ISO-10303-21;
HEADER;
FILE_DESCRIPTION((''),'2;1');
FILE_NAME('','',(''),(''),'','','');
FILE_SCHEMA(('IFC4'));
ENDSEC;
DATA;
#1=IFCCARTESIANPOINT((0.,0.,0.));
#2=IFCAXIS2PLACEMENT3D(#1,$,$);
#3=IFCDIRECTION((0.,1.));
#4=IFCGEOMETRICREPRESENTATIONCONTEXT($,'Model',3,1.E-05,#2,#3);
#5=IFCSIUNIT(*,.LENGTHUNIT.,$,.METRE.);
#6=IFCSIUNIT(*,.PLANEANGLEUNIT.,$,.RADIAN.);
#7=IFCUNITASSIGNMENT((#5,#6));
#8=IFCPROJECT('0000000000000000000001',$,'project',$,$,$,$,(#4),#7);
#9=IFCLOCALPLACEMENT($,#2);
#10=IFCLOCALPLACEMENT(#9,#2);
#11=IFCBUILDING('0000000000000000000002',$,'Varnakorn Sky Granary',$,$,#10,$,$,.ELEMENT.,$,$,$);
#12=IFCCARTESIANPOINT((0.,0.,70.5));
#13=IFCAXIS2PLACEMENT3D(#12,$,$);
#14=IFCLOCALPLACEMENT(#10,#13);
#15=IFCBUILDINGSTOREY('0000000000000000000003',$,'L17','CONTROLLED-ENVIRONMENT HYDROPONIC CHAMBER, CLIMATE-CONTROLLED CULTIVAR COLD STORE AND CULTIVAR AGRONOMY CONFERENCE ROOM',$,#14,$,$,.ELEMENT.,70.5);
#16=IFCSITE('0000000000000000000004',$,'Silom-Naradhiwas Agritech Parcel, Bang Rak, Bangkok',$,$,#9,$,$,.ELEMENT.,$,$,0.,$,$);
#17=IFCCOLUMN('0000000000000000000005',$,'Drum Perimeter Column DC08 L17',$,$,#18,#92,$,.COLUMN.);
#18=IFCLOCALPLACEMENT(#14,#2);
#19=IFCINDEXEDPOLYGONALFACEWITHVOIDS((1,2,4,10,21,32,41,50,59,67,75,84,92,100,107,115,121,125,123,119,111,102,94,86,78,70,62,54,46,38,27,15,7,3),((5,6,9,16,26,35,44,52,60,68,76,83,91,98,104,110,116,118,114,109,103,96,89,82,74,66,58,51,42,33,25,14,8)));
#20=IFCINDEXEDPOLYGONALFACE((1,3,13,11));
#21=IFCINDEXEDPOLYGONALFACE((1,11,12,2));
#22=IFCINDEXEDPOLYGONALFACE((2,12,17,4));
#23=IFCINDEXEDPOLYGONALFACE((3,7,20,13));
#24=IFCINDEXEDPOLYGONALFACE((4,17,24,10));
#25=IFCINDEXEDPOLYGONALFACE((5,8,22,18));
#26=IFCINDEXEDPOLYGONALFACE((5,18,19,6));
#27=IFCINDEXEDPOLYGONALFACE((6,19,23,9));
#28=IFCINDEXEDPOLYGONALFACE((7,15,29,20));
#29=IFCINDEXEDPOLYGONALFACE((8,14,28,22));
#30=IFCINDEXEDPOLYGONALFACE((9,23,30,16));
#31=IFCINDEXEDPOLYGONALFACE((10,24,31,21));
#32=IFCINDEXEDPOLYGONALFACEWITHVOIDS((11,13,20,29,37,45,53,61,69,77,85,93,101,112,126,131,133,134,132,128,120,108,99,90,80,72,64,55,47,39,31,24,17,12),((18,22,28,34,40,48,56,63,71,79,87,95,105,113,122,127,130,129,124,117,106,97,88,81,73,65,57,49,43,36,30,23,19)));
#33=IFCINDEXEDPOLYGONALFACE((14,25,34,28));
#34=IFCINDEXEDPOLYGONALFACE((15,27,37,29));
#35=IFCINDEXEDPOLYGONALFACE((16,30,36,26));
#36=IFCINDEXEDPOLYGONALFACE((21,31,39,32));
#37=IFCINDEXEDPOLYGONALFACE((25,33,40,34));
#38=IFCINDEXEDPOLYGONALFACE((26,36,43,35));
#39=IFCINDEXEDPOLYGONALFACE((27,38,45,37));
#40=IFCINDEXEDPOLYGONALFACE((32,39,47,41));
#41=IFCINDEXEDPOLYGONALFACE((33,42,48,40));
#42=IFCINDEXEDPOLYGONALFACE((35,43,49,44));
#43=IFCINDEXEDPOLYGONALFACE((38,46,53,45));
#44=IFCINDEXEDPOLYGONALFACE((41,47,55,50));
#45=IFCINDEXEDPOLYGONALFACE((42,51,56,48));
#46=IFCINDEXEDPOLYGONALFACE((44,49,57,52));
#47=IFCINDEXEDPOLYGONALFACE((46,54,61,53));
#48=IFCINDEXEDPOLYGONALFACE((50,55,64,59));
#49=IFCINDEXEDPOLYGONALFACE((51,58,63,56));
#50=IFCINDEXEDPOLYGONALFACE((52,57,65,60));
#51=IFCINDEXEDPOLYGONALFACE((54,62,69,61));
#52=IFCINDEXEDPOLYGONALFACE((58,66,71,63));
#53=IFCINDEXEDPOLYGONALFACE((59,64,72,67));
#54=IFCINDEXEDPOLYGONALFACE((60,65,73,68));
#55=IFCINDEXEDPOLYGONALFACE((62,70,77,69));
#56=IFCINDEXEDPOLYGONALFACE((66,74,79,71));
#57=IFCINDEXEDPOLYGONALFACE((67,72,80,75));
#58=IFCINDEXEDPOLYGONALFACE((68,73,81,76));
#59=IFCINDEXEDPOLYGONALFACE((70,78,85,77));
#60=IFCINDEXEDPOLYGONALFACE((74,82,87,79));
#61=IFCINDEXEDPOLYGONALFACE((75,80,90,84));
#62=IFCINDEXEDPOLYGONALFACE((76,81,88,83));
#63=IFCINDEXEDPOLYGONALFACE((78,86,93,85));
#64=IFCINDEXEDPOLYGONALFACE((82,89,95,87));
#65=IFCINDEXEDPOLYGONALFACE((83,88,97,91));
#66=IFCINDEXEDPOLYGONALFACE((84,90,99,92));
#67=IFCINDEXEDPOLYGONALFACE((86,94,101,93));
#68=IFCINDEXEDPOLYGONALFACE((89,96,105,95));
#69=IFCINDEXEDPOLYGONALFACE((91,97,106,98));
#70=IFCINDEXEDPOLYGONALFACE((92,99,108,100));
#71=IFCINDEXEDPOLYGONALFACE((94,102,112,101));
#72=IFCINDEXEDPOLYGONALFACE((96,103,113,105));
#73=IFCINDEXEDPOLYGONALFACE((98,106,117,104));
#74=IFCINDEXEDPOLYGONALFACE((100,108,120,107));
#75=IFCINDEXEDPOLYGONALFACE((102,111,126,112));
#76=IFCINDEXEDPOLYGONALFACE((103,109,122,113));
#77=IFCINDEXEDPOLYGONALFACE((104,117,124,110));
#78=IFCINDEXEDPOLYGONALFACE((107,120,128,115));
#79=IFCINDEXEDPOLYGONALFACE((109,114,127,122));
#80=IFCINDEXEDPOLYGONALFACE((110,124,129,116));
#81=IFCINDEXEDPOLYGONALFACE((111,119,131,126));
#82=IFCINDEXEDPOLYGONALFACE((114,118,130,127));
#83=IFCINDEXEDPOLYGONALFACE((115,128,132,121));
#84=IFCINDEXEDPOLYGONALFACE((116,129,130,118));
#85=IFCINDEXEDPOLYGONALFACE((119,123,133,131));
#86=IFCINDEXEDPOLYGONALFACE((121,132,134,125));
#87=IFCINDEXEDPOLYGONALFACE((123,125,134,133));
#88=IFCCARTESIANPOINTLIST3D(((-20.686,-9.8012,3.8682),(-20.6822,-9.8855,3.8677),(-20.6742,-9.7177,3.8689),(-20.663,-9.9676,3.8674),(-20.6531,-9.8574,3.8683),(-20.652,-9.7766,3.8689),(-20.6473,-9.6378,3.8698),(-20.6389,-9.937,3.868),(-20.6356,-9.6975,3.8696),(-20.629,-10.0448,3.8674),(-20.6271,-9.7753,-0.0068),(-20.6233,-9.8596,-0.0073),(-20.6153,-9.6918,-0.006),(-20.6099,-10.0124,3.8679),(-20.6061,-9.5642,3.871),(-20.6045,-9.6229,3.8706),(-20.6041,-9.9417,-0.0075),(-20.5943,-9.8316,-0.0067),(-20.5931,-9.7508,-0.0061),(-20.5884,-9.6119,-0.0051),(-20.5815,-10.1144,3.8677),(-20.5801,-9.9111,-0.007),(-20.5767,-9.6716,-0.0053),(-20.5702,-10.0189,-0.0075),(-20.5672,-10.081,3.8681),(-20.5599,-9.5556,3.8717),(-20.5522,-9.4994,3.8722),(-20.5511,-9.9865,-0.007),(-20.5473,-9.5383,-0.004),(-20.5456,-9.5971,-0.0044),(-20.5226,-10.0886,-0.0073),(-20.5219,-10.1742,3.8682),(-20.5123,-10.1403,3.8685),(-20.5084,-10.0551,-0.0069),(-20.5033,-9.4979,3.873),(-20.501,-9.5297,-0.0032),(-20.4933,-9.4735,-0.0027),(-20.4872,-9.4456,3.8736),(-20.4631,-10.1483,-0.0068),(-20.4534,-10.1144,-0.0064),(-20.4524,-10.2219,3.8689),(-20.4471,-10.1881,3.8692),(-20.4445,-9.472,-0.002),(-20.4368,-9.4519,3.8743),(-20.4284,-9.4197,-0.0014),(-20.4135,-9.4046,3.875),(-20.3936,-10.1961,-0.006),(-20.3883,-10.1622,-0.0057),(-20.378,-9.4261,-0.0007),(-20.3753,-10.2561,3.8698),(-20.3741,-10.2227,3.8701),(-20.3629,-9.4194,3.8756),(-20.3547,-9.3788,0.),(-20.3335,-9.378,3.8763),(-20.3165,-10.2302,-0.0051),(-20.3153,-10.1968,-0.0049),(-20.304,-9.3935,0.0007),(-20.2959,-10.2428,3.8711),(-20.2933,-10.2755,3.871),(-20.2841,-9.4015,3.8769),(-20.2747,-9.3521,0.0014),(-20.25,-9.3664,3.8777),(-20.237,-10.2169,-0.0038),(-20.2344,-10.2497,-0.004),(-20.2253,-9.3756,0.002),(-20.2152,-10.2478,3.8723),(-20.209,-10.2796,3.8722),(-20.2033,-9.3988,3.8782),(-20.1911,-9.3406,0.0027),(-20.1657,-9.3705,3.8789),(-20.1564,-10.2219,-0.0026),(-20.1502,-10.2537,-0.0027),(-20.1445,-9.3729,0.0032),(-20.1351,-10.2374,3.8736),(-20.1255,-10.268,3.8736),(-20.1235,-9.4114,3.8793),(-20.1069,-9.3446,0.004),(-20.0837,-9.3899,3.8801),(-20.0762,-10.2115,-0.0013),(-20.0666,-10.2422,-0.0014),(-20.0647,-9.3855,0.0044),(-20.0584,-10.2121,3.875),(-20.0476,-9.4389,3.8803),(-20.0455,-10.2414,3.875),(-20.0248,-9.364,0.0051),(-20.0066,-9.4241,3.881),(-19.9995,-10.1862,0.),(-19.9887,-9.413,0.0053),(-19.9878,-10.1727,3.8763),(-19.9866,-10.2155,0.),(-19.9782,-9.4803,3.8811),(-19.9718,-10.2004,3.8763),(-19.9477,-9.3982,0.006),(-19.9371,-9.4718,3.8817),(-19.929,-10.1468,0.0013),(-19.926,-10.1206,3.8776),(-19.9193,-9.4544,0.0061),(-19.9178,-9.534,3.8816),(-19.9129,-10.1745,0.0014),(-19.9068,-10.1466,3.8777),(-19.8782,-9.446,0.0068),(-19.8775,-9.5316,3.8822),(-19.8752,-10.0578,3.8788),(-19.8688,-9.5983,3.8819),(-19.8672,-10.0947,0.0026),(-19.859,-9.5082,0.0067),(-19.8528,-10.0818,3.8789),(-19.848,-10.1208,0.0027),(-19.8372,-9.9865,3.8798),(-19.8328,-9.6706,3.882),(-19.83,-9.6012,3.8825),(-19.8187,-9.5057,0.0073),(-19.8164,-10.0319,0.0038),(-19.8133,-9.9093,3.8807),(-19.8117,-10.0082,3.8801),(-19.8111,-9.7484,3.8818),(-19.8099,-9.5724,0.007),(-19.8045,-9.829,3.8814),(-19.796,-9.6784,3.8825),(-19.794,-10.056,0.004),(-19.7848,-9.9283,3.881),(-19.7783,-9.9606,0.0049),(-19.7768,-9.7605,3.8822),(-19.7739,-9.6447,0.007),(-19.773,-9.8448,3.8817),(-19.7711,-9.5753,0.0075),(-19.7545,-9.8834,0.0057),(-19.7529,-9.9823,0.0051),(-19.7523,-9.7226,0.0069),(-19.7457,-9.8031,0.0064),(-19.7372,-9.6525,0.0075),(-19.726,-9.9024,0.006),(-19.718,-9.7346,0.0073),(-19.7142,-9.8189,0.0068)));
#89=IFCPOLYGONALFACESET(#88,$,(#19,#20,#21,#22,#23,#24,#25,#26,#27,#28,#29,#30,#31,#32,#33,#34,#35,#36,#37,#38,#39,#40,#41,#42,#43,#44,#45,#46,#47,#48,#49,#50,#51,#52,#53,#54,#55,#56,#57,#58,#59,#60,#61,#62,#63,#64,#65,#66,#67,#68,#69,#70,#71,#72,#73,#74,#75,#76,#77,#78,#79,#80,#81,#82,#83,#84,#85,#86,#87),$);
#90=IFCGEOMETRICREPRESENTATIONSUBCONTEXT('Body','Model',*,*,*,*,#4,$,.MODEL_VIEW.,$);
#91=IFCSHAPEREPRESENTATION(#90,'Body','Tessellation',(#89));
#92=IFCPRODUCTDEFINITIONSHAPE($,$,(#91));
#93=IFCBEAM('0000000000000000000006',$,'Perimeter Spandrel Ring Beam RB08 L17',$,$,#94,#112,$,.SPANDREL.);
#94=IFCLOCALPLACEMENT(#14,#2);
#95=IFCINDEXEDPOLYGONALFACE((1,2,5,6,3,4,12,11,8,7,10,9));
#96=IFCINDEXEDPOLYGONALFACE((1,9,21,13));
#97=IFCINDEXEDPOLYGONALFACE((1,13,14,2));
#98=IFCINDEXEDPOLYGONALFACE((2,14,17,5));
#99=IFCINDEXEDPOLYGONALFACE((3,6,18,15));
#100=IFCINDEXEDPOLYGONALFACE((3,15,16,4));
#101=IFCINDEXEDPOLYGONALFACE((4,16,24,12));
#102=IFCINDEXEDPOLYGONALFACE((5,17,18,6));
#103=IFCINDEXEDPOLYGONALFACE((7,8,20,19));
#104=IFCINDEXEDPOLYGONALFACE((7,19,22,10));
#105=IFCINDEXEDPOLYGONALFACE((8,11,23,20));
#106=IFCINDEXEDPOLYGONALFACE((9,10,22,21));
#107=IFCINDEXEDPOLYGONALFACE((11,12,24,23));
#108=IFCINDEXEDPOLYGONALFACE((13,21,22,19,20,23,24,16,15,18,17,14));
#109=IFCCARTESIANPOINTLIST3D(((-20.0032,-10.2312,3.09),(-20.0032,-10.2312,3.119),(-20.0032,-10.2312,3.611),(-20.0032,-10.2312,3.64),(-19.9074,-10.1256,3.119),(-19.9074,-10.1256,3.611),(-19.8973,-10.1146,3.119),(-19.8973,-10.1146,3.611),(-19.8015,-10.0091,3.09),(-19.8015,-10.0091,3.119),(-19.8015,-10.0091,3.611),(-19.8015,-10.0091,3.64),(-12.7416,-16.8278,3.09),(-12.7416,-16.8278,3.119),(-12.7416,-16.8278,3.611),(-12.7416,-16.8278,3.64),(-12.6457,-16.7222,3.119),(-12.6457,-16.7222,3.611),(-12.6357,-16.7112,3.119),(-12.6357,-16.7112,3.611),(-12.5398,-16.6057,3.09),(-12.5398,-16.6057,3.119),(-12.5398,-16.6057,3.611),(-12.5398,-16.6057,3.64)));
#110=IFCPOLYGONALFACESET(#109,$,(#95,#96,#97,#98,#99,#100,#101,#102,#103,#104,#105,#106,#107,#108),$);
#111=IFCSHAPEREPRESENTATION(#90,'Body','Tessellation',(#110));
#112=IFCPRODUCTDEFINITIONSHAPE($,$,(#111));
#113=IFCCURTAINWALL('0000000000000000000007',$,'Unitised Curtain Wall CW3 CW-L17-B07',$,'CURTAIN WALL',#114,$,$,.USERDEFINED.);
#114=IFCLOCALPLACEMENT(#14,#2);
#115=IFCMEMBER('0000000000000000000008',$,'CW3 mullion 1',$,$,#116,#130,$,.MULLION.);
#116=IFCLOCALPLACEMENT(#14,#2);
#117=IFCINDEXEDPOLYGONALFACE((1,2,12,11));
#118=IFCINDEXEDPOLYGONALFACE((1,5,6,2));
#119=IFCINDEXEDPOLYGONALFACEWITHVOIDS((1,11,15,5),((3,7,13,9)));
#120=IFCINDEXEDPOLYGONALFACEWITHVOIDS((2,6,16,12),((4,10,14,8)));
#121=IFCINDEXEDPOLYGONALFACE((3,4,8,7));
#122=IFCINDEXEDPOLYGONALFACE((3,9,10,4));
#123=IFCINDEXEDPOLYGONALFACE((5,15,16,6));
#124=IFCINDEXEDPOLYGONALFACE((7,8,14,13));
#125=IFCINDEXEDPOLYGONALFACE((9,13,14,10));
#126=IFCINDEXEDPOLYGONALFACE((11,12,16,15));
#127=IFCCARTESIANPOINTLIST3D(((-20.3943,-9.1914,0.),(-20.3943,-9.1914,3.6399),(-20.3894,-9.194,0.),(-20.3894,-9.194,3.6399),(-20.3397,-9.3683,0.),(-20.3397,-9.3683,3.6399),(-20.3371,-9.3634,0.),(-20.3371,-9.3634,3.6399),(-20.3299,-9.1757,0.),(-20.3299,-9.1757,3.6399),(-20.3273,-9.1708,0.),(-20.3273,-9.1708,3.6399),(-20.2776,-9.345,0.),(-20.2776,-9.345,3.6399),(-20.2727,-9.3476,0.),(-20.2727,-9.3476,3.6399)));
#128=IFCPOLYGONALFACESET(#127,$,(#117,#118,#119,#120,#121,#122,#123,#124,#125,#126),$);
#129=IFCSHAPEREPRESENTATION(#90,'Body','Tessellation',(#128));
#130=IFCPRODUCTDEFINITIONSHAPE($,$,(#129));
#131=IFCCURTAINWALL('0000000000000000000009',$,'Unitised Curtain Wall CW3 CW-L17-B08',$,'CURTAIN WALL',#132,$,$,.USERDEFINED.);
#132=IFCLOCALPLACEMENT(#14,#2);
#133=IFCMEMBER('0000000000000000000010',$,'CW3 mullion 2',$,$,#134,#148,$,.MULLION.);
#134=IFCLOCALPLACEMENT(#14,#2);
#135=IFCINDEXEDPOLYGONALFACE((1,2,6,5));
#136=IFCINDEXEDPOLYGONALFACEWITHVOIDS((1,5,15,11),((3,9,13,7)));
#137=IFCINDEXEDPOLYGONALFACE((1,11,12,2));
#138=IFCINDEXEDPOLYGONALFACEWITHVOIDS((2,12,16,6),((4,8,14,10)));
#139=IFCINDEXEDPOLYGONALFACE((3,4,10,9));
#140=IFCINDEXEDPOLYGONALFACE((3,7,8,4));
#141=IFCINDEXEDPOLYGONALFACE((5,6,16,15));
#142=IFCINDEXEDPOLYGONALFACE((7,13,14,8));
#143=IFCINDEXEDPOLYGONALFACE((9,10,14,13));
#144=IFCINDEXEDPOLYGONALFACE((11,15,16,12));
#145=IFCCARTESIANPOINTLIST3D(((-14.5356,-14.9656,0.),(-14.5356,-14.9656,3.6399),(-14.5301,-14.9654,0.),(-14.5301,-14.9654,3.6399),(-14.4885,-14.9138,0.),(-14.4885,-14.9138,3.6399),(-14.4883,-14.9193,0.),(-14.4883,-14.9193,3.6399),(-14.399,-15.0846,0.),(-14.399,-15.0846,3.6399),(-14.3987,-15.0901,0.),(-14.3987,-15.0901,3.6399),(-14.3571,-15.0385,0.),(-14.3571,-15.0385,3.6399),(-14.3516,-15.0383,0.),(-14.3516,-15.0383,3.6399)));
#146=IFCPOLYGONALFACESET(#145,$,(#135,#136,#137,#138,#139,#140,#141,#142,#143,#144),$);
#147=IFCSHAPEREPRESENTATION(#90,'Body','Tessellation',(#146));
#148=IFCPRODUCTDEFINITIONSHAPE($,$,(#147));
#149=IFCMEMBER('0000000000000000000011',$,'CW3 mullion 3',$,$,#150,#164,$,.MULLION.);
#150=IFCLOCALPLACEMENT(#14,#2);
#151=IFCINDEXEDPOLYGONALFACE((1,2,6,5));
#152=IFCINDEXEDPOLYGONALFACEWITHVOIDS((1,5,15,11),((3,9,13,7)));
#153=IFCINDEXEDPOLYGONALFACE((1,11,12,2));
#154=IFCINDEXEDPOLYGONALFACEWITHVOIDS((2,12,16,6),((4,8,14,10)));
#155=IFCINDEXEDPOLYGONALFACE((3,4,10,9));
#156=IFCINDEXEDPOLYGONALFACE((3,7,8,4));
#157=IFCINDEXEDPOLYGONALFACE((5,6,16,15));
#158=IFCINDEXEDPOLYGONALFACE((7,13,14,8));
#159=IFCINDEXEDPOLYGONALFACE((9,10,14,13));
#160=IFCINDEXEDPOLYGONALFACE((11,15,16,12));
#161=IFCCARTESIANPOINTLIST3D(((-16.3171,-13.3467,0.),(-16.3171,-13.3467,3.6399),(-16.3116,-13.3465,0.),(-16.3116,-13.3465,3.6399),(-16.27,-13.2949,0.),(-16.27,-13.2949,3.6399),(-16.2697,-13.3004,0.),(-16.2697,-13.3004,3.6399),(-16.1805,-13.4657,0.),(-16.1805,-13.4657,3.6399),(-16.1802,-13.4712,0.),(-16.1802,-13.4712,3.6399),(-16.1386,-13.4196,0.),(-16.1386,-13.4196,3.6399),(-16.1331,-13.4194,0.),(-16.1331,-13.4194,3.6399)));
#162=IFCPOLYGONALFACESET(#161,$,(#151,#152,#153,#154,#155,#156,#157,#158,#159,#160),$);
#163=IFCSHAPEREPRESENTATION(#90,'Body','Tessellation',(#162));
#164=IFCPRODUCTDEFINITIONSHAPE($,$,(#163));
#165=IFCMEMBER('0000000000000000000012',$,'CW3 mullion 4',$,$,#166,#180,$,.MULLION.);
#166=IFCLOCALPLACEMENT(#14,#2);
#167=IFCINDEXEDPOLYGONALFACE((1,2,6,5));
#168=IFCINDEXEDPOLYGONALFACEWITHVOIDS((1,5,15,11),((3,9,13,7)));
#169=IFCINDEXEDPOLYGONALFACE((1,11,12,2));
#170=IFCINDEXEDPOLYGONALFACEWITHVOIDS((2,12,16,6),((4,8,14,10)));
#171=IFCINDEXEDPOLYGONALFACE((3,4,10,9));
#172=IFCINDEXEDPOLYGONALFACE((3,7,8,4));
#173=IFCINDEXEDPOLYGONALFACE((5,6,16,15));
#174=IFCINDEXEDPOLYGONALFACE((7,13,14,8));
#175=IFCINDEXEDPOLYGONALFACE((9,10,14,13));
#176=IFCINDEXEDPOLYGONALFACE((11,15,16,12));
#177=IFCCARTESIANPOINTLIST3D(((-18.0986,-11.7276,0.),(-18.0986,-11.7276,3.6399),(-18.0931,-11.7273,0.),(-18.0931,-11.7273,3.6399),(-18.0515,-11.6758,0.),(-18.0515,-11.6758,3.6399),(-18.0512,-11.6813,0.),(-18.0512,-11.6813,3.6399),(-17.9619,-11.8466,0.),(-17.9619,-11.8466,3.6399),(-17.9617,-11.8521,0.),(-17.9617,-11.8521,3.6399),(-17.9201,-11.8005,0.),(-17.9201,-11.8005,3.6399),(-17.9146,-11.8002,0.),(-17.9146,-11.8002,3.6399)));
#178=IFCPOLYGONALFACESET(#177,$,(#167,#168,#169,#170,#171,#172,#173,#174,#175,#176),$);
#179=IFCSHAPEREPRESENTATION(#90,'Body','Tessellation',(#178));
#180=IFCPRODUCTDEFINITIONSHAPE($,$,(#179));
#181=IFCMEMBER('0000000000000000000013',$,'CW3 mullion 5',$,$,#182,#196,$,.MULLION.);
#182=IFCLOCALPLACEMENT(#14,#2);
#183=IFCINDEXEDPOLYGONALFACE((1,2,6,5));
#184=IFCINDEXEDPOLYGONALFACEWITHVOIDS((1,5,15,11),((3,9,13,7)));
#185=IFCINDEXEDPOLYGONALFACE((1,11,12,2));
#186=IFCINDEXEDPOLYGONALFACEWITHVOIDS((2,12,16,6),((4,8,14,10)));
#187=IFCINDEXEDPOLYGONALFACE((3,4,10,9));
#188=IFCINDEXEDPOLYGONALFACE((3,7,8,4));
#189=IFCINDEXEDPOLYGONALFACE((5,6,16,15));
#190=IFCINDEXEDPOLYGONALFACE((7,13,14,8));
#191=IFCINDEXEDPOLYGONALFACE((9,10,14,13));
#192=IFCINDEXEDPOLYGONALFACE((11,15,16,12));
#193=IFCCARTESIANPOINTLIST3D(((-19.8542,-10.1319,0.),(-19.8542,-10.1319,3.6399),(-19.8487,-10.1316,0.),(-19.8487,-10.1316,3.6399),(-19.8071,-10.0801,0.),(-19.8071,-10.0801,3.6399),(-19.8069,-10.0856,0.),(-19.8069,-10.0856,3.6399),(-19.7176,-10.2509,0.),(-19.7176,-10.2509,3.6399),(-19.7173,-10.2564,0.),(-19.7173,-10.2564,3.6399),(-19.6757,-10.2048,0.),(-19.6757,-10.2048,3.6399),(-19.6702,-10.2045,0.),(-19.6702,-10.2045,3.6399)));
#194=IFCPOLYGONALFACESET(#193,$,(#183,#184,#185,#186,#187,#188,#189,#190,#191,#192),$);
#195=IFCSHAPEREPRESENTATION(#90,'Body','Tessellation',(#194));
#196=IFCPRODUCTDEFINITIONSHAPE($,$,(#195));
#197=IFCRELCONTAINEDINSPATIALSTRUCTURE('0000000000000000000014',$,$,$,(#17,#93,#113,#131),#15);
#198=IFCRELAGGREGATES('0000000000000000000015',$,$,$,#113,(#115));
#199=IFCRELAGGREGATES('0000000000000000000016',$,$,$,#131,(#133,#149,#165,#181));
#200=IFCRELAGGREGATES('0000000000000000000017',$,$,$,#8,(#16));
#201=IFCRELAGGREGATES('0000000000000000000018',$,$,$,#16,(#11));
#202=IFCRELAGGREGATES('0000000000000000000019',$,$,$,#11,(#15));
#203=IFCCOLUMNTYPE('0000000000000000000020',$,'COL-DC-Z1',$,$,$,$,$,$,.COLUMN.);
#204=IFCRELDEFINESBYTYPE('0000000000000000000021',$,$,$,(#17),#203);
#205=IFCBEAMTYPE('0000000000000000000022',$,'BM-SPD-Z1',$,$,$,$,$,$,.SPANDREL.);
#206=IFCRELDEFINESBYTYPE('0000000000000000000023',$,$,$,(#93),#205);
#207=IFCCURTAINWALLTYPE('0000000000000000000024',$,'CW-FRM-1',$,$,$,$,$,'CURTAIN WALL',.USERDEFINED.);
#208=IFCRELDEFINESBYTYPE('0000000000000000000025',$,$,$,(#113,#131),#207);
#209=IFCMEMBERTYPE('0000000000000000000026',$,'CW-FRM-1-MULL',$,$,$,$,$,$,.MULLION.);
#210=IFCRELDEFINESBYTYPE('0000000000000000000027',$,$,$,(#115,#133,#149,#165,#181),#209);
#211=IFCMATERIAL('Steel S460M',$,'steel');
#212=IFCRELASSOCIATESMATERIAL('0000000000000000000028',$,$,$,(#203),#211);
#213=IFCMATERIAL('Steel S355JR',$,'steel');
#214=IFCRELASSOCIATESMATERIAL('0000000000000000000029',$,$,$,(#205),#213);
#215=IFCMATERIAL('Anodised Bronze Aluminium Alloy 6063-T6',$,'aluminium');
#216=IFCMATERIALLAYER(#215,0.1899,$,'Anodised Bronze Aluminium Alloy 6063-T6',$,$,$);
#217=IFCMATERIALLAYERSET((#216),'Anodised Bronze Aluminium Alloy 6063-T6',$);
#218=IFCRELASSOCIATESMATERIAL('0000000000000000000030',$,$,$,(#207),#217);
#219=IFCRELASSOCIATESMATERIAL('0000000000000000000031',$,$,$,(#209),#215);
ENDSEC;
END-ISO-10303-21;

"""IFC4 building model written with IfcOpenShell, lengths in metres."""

from ifc_helpers import new_model, si_unit, direction, frame, origin, origin_2d, place, context, subcontext, project, spatial, hollow_rectangle, hollow_circle, i_section, extrude, material, layer, layer_set, material_profile, profile_set, type_object, element, aggregate, save


model = new_model("IFC4")

# Units and contexts
model_context = context("Model", 3, precision=1e-05, world=origin(), true_north=direction((0.0, 1.0)))
body_context = subcontext(model_context, "Body", "Model", "MODEL_VIEW")
ifc_project = project(units=[si_unit("LENGTHUNIT", "METRE"), si_unit("PLANEANGLEUNIT", "RADIAN")], contexts=[model_context])

# Site, building, storey
site_placement = place(None, origin())
site = spatial("IfcSite", under=ifc_project, at=site_placement, Name="Silom-Naradhiwas Agritech Parcel, Bang Rak, Bangkok", CompositionType="ELEMENT", RefElevation=0.0)
building_placement = place(site_placement, origin())
building = spatial("IfcBuilding", under=site, at=building_placement, Name="Varnakorn Sky Granary", CompositionType="ELEMENT")
storey_placement = place(building_placement, frame((0.0, 0.0, 70.5)))
storey = spatial("IfcBuildingStorey", under=building, at=storey_placement, Name="L17", Description="CONTROLLED-ENVIRONMENT HYDROPONIC CHAMBER, CLIMATE-CONTROLLED CULTIVAR COLD STORE AND CULTIVAR AGRONOMY CONFERENCE ROOM", CompositionType="ELEMENT", Elevation=70.5)

# Column
ifc_material_1 = material(Name="Steel S460M", Category="steel")
ifc_material_profile_1 = material_profile(ifc_material_1, hollow_circle(Radius=0.457, WallThickness=0.032, at=origin_2d()), Name="CHS 914x32")
ifc_profile_set_1 = profile_set([ifc_material_profile_1], Name="Steel S460M")
column_type = type_object("IfcColumnType", Name="COL-DC-Z1", PredefinedType="COLUMN", material=ifc_profile_set_1)
column_placement = place(storey_placement, frame((-20.1707, -9.7971, 0.0), z_axis=(-0.015182, -0.006678, 0.999862), x_axis=(0.402611, -0.915371, 0.0)))
element("IfcColumn", 1, at=column_placement, inside=storey, type_object=column_type, Name="Drum Perimeter Column DC08 L17", PredefinedType="COLUMN", context=body_context, shape_type="SweptSolid", body=[
    extrude(hollow_circle(Radius=0.457, WallThickness=0.032, at=origin_2d()), origin(), (0.0, 0.0, 1.0), 3.8755),
])

# Beam
ifc_material_2 = material(Name="Steel S355JR", Category="steel")
ifc_material_profile_2 = material_profile(ifc_material_2, i_section(OverallWidth=0.3, OverallDepth=0.55, WebThickness=0.0149, FlangeThickness=0.0291, at=origin_2d()), Name="HE 550 B")
ifc_profile_set_2 = profile_set([ifc_material_profile_2], Name="Steel S355JR")
beam_type = type_object("IfcBeamType", Name="BM-SPD-Z1", PredefinedType="SPANDREL", material=ifc_profile_set_2)
beam_placement = place(storey_placement, frame((-19.9023, -10.1201, 3.365), z_axis=(0.740188, -0.6724, 0.0), x_axis=(0.6724, 0.740188, 0.0)))
element("IfcBeam", 2, at=beam_placement, inside=storey, type_object=beam_type, Name="Perimeter Spandrel Ring Beam RB08 L17", PredefinedType="SPANDREL", context=body_context, shape_type="SweptSolid", body=[
    extrude(i_section(OverallWidth=0.3, OverallDepth=0.55, WebThickness=0.0149, FlangeThickness=0.0291, at=origin_2d()), origin(), (0.0, 0.0, 1.0), 9.8105),
])

# Curtain wall, member
ifc_material_3 = material(Name="Anodised Bronze Aluminium Alloy 6063-T6", Category="aluminium")
ifc_layer_1 = layer(ifc_material_3, 0.1899, Name="Anodised Bronze Aluminium Alloy 6063-T6")
ifc_layer_set_1 = layer_set([ifc_layer_1], Name="Anodised Bronze Aluminium Alloy 6063-T6")
curtain_wall_type = type_object("IfcCurtainWallType", Name="CW-FRM-1", ElementType="CURTAIN WALL", PredefinedType="USERDEFINED", material=ifc_layer_set_1)
curtain_wall_1_placement = place(storey_placement, origin())
curtain_wall_1 = element("IfcCurtainWall", 3, at=curtain_wall_1_placement, inside=storey, type_object=curtain_wall_type, Name="Unitised Curtain Wall CW3 CW-L17-B07", ObjectType="CURTAIN WALL", PredefinedType="USERDEFINED")
ifc_material_profile_3 = material_profile(ifc_material_3, hollow_rectangle(XDim=0.0701, YDim=0.1851, WallThickness=0.0039, at=origin_2d()), Name="ALU MULL 70x185")
ifc_profile_set_3 = profile_set([ifc_material_profile_3], Name="Anodised Bronze Aluminium Alloy 6063-T6")
member_type_1 = type_object("IfcMemberType", Name="CW-FRM-1-MULL", PredefinedType="MULLION", material=ifc_profile_set_3)
member_1_placement = place(storey_placement, frame((-20.3335, -9.2695, 0.0), z_axis=(0.0, 0.0, 1.0), x_axis=(-0.955537, -0.294872, 0.0)))
member_1 = element("IfcMember", 4, at=member_1_placement, type_object=member_type_1, Name="CW3 mullion 1", PredefinedType="MULLION", context=body_context, shape_type="SweptSolid", body=[
    extrude(hollow_rectangle(XDim=0.0701, YDim=0.1851, WallThickness=0.0039, at=origin_2d()), origin(), (0.0, 0.0, 1.0), 3.6399),
])

# Curtain wall, members
curtain_wall_2_placement = place(storey_placement, origin())
curtain_wall_2 = element("IfcCurtainWall", 5, at=curtain_wall_2_placement, inside=storey, type_object=curtain_wall_type, Name="Unitised Curtain Wall CW3 CW-L17-B08", ObjectType="CURTAIN WALL", PredefinedType="USERDEFINED")
member_2_placement = place(storey_placement, frame((-14.4436, -15.002, 0.0), z_axis=(0.0, 0.0, 1.0), x_axis=(-0.672582, -0.740022, 0.0)))
member_2 = element("IfcMember", 6, at=member_2_placement, type_object=member_type_1, Name="CW3 mullion 2", PredefinedType="MULLION", context=body_context, shape_type="SweptSolid", body=[
    extrude(hollow_rectangle(XDim=0.0701, YDim=0.1851, WallThickness=0.0039, at=origin_2d()), origin(), (0.0, 0.0, 1.0), 3.6399),
])
member_3_placement = place(storey_placement, frame((-16.2251, -13.3831, 0.0), z_axis=(0.0, 0.0, 1.0), x_axis=(-0.672582, -0.740022, 0.0)))
member_3 = element("IfcMember", 7, at=member_3_placement, type_object=member_type_1, Name="CW3 mullion 3", PredefinedType="MULLION", context=body_context, shape_type="SweptSolid", body=[
    extrude(hollow_rectangle(XDim=0.0701, YDim=0.1851, WallThickness=0.0039, at=origin_2d()), origin(), (0.0, 0.0, 1.0), 3.6399),
])
member_4_placement = place(storey_placement, frame((-18.0066, -11.7639, 0.0), z_axis=(0.0, 0.0, 1.0), x_axis=(-0.672582, -0.740022, 0.0)))
member_4 = element("IfcMember", 8, at=member_4_placement, type_object=member_type_1, Name="CW3 mullion 4", PredefinedType="MULLION", context=body_context, shape_type="SweptSolid", body=[
    extrude(hollow_rectangle(XDim=0.0701, YDim=0.1851, WallThickness=0.0039, at=origin_2d()), origin(), (0.0, 0.0, 1.0), 3.6399),
])
member_5_placement = place(storey_placement, frame((-19.7622, -10.1682, 0.0), z_axis=(0.0, 0.0, 1.0), x_axis=(-0.672582, -0.740022, 0.0)))
member_5 = element("IfcMember", 9, at=member_5_placement, type_object=member_type_1, Name="CW3 mullion 5", PredefinedType="MULLION", context=body_context, shape_type="SweptSolid", body=[
    extrude(hollow_rectangle(XDim=0.0701, YDim=0.1851, WallThickness=0.0039, at=origin_2d()), origin(), (0.0, 0.0, 1.0), 3.6399),
])

aggregate(curtain_wall_1, [member_1])
aggregate(curtain_wall_2, [member_2, member_3, member_4, member_5])

save(model, "model.ifc")
